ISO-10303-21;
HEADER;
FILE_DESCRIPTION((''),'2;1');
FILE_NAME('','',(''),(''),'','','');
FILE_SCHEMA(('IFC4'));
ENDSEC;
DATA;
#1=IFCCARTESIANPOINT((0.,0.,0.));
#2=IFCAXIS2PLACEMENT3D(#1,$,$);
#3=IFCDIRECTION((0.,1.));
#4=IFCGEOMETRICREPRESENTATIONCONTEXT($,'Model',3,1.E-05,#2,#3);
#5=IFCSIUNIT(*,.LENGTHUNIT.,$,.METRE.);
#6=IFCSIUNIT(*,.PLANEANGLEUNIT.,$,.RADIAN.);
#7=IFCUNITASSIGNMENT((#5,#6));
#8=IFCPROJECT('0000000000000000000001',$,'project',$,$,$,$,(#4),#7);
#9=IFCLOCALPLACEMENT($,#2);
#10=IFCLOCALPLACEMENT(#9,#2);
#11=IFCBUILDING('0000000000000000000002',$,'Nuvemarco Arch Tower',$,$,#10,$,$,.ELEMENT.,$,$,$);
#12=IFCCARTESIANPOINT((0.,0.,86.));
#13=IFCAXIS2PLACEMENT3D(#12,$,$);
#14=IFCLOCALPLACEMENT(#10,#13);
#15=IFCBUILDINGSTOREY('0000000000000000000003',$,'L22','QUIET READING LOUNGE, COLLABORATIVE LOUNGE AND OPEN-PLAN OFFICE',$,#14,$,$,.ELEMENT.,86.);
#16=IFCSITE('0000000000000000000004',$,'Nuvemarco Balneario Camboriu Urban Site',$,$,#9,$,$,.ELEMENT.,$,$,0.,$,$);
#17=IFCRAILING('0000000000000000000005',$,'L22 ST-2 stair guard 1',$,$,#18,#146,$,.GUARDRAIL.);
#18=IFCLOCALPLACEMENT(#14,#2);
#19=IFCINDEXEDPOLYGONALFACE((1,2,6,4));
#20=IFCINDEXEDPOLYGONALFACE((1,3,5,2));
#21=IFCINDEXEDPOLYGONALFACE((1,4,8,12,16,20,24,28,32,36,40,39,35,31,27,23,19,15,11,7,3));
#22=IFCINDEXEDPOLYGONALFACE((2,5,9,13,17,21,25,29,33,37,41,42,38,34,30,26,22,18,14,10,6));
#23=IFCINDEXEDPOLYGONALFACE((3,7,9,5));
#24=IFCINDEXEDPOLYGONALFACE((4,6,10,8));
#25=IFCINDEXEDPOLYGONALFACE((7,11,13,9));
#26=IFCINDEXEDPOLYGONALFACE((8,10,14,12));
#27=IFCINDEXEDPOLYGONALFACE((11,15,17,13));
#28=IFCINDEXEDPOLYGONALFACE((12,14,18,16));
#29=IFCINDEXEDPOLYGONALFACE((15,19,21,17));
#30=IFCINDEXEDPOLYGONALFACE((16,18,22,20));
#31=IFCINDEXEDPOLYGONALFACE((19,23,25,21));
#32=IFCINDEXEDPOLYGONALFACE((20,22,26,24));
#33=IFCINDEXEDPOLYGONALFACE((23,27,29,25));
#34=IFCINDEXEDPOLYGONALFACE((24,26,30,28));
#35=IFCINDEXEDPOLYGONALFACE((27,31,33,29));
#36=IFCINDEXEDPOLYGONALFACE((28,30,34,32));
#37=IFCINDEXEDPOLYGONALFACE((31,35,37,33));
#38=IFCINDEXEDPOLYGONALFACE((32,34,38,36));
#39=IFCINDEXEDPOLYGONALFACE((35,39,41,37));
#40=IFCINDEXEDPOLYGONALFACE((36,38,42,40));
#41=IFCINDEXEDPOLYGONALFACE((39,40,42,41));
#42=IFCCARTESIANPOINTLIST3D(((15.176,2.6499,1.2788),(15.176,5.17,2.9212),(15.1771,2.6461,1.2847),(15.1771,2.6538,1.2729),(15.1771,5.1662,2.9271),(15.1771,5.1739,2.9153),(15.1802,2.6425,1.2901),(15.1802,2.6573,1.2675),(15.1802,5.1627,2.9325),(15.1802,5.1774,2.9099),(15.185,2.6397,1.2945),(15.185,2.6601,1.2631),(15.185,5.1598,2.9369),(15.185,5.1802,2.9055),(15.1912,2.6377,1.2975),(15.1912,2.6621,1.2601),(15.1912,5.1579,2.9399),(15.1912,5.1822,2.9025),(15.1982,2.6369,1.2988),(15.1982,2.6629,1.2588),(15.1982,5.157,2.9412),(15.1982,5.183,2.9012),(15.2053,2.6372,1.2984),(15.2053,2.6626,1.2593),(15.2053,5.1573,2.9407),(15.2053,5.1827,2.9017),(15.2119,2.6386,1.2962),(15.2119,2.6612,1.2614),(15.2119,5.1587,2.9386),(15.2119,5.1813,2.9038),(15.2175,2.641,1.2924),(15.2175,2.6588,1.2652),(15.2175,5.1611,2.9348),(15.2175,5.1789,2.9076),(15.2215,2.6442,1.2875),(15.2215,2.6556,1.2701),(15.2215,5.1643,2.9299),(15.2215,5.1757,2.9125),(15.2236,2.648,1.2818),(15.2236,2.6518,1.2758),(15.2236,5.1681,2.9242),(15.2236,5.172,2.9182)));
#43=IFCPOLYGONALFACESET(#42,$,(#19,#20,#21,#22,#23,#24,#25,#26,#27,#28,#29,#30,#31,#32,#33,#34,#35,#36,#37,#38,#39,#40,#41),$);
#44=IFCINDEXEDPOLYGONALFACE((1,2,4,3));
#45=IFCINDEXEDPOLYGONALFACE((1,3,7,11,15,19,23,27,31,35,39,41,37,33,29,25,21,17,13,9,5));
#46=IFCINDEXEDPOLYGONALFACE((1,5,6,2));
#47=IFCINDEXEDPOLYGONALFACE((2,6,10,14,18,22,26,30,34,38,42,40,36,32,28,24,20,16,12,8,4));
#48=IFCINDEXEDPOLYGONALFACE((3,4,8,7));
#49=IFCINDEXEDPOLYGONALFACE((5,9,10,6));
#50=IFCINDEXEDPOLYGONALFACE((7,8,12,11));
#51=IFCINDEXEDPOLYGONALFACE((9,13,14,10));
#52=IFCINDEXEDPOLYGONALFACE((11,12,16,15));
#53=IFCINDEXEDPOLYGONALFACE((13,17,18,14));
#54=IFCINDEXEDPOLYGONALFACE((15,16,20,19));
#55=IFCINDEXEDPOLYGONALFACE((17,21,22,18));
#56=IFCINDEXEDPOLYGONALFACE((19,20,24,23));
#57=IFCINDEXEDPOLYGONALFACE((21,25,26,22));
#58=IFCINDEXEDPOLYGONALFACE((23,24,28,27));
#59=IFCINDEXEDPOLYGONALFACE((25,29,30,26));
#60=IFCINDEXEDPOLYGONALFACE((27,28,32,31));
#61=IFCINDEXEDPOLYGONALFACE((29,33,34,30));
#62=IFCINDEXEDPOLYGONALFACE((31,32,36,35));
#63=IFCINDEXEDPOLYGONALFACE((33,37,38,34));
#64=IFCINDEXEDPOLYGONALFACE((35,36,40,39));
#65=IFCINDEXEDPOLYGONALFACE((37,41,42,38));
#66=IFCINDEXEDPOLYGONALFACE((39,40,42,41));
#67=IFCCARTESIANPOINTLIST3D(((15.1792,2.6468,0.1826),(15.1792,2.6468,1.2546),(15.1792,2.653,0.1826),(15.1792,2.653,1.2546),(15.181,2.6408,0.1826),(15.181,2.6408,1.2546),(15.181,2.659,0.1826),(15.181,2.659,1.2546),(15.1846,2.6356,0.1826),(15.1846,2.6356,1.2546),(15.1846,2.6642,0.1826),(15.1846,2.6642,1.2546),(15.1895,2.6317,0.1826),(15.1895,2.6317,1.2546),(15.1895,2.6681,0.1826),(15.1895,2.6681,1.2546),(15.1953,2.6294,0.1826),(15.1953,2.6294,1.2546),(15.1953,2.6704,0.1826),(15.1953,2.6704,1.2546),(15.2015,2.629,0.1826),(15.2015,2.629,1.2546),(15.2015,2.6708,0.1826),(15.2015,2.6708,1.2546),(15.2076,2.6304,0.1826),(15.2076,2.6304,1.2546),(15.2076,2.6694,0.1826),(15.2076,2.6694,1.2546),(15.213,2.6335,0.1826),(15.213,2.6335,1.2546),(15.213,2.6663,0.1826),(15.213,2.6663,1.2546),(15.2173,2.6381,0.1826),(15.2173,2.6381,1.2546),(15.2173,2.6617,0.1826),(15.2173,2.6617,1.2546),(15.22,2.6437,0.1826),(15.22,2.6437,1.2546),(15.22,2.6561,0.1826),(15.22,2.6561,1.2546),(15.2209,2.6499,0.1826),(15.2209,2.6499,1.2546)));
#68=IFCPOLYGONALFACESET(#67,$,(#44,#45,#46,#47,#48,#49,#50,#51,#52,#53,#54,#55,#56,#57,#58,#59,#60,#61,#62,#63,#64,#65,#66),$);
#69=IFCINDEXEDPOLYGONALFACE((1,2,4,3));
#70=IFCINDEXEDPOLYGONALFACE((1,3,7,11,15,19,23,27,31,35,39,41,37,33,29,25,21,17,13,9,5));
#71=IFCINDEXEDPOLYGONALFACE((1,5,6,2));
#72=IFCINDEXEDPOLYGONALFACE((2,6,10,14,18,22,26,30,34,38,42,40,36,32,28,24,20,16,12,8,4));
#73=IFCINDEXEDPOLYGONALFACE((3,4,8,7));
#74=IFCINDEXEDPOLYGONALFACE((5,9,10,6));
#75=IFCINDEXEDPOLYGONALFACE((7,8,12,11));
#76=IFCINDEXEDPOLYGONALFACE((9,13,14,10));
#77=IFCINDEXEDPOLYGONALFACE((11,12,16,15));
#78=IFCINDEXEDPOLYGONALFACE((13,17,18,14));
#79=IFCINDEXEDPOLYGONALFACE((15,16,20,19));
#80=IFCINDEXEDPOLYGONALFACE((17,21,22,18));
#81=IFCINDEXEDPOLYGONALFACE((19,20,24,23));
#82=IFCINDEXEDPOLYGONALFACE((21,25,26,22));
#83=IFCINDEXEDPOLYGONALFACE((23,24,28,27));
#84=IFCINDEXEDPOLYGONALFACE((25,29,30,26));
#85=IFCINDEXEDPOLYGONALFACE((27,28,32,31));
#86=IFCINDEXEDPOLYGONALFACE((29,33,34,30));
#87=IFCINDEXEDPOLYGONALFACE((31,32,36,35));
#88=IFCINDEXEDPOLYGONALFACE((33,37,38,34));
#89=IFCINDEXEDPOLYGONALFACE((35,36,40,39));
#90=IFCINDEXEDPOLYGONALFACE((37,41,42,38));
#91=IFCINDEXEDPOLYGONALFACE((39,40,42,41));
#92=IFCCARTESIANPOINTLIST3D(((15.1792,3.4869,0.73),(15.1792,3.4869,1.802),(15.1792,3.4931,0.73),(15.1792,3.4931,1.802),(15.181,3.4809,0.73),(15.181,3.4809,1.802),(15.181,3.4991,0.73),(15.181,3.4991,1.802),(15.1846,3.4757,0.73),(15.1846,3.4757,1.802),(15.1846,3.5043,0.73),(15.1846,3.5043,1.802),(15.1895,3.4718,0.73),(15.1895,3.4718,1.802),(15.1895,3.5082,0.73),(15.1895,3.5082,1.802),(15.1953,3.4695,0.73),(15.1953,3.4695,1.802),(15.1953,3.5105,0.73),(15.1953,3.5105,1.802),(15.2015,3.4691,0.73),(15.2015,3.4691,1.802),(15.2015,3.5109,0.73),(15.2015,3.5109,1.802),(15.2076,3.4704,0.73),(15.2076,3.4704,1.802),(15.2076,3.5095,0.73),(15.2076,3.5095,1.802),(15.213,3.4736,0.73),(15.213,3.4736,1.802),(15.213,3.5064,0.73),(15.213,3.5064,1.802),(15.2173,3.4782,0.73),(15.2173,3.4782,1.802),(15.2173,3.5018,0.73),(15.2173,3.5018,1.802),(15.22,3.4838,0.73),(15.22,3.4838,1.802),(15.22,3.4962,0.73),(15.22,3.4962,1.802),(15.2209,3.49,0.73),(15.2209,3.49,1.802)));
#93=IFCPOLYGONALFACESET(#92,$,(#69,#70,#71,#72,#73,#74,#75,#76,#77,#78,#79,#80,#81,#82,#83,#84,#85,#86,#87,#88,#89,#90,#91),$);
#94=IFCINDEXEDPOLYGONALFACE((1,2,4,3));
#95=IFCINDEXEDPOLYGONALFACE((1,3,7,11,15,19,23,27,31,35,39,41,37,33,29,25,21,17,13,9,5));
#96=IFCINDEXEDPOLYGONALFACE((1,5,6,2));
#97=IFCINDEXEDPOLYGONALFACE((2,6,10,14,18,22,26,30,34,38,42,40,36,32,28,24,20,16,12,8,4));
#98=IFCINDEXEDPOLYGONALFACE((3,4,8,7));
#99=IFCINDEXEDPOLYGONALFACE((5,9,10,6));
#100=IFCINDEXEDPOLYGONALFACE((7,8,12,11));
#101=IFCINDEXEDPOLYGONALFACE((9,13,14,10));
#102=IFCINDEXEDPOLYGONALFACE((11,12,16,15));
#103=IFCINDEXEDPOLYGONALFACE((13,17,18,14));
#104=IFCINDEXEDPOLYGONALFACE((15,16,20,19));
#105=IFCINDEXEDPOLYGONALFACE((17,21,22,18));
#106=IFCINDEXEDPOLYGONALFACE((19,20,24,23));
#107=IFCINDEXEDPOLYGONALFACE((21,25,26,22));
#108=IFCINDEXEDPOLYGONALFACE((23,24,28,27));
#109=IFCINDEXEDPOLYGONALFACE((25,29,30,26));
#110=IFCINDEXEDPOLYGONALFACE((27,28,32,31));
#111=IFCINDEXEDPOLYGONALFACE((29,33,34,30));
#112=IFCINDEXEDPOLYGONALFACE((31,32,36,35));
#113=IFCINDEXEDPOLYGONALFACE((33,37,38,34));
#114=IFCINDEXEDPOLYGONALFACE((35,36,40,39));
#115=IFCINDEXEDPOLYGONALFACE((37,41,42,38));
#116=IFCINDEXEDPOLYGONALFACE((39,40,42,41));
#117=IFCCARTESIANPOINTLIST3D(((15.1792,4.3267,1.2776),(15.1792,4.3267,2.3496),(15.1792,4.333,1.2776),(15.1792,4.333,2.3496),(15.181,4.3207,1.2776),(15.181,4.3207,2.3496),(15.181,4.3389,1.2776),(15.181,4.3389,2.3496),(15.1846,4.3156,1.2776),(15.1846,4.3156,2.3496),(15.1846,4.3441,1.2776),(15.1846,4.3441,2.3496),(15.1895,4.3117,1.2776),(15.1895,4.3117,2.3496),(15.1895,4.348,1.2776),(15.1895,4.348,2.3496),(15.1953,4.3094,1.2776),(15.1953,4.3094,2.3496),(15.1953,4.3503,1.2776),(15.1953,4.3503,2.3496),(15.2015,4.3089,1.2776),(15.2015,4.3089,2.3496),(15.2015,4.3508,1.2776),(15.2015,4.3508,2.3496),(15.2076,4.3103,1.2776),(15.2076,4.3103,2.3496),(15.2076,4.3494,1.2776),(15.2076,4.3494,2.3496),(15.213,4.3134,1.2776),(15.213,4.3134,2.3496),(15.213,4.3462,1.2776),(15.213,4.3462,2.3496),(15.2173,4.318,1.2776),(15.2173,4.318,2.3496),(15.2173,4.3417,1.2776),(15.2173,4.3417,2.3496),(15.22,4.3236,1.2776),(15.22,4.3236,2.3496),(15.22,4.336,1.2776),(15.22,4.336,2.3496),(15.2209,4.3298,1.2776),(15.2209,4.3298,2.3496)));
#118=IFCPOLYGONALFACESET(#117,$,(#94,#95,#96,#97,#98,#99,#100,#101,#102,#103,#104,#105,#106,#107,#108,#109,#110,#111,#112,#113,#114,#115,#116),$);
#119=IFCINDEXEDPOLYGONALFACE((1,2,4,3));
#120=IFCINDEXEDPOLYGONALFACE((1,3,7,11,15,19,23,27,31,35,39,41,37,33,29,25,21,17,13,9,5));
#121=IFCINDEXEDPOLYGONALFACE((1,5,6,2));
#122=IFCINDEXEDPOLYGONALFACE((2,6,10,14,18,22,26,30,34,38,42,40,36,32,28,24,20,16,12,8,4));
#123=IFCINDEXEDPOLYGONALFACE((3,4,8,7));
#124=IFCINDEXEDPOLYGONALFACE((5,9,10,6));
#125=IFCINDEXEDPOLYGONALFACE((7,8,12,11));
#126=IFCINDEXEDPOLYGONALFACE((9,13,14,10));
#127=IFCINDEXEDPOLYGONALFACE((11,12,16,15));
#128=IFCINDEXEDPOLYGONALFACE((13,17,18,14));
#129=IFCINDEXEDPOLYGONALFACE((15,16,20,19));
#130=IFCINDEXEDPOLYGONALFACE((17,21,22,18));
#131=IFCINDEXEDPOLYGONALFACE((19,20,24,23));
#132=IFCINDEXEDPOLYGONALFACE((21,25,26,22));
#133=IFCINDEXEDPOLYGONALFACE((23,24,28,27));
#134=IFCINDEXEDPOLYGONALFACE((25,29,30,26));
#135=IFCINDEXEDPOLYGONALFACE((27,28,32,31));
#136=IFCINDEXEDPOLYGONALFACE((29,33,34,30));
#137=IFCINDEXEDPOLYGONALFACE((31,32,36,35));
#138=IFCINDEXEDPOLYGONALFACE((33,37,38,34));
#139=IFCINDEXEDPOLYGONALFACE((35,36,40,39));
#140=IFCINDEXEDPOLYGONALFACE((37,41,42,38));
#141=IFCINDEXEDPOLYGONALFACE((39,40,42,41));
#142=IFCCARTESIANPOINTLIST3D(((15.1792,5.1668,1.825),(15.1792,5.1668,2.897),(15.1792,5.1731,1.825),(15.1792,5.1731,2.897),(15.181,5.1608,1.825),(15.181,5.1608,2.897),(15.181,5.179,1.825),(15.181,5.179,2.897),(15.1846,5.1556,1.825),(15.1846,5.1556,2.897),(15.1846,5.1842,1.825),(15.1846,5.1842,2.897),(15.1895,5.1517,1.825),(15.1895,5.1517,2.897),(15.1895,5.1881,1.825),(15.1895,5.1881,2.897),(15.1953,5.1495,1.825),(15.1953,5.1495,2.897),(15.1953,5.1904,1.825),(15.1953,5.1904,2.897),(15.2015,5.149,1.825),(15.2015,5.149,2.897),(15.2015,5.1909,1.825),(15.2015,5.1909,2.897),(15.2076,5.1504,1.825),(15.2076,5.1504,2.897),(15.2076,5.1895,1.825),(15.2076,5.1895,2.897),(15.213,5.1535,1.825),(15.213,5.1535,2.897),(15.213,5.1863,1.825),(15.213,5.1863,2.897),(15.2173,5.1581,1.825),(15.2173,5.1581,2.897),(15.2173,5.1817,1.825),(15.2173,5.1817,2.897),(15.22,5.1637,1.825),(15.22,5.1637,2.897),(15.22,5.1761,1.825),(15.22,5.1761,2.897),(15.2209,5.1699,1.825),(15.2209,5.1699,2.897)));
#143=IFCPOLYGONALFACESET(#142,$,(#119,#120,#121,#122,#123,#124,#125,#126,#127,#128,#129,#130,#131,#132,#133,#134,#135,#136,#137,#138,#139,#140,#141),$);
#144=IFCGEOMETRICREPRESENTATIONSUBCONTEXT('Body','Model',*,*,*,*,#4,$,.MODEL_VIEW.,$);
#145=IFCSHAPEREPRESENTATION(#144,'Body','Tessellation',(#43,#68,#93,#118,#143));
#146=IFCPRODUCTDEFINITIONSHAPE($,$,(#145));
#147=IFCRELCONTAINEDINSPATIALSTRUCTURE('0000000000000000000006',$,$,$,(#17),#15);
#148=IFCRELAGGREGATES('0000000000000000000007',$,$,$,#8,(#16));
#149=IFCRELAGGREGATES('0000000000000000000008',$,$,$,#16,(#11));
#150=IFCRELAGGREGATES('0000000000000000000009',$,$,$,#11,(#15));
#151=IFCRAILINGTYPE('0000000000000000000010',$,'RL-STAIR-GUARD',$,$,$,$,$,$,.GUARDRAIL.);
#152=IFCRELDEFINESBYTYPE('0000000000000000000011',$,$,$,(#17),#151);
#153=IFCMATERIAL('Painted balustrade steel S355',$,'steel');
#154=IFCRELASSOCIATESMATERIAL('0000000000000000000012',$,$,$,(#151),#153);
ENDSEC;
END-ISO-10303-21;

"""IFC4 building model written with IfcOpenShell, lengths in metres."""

from ifc_helpers import new_model, si_unit, direction, frame, origin, origin_2d, place, context, subcontext, project, spatial, circle, extrude, material, type_object, element, save


model = new_model("IFC4")

# Units and contexts
model_context = context("Model", 3, precision=1e-05, world=origin(), true_north=direction((0.0, 1.0)))
body_context = subcontext(model_context, "Body", "Model", "MODEL_VIEW")
ifc_project = project(units=[si_unit("LENGTHUNIT", "METRE"), si_unit("PLANEANGLEUNIT", "RADIAN")], contexts=[model_context])

# Site, building, storey
site_placement = place(None, origin())
site = spatial("IfcSite", under=ifc_project, at=site_placement, Name="Nuvemarco Balneario Camboriu Urban Site", CompositionType="ELEMENT", RefElevation=0.0)
building_placement = place(site_placement, origin())
building = spatial("IfcBuilding", under=site, at=building_placement, Name="Nuvemarco Arch Tower", CompositionType="ELEMENT")
storey_placement = place(building_placement, frame((0.0, 0.0, 86.0)))
storey = spatial("IfcBuildingStorey", under=building, at=storey_placement, Name="L22", Description="QUIET READING LOUNGE, COLLABORATIVE LOUNGE AND OPEN-PLAN OFFICE", CompositionType="ELEMENT", Elevation=86.0)

# Railing
ifc_material_1 = material(Name="Painted balustrade steel S355", Category="steel")
railing_type_1 = type_object("IfcRailingType", Name="RL-STAIR-GUARD", PredefinedType="GUARDRAIL", material=ifc_material_1)
railing_1_placement = place(storey_placement, frame((15.2, 2.6499, 0.1826)))
element("IfcRailing", 1, at=railing_1_placement, inside=storey, type_object=railing_type_1, Name="L22 ST-2 stair guard 1", PredefinedType="GUARDRAIL", context=body_context, shape_type="SweptSolid", body=[
    extrude(circle(Radius=0.0239, at=origin_2d()), frame((0.0, 0.0, 1.0962), z_axis=(0.0, 0.837787, 0.545998), x_axis=(-1.0, 0.0, 0.0)), (0.0, 0.0, 1.0), 3.0081),
    extrude(circle(Radius=0.021, at=origin_2d()), origin(), (0.0, 0.0, 1.0), 1.072),
    extrude(circle(Radius=0.021, at=origin_2d()), frame((0.0, 0.8401, 0.5474)), (0.0, 0.0, 1.0), 1.072),
    extrude(circle(Radius=0.021, at=origin_2d()), frame((0.0, 1.6799, 1.095)), (0.0, 0.0, 1.0), 1.072),
    extrude(circle(Radius=0.021, at=origin_2d()), frame((0.0, 2.52, 1.6423)), (0.0, 0.0, 1.0), 1.072),
])

save(model, "model.ifc")
